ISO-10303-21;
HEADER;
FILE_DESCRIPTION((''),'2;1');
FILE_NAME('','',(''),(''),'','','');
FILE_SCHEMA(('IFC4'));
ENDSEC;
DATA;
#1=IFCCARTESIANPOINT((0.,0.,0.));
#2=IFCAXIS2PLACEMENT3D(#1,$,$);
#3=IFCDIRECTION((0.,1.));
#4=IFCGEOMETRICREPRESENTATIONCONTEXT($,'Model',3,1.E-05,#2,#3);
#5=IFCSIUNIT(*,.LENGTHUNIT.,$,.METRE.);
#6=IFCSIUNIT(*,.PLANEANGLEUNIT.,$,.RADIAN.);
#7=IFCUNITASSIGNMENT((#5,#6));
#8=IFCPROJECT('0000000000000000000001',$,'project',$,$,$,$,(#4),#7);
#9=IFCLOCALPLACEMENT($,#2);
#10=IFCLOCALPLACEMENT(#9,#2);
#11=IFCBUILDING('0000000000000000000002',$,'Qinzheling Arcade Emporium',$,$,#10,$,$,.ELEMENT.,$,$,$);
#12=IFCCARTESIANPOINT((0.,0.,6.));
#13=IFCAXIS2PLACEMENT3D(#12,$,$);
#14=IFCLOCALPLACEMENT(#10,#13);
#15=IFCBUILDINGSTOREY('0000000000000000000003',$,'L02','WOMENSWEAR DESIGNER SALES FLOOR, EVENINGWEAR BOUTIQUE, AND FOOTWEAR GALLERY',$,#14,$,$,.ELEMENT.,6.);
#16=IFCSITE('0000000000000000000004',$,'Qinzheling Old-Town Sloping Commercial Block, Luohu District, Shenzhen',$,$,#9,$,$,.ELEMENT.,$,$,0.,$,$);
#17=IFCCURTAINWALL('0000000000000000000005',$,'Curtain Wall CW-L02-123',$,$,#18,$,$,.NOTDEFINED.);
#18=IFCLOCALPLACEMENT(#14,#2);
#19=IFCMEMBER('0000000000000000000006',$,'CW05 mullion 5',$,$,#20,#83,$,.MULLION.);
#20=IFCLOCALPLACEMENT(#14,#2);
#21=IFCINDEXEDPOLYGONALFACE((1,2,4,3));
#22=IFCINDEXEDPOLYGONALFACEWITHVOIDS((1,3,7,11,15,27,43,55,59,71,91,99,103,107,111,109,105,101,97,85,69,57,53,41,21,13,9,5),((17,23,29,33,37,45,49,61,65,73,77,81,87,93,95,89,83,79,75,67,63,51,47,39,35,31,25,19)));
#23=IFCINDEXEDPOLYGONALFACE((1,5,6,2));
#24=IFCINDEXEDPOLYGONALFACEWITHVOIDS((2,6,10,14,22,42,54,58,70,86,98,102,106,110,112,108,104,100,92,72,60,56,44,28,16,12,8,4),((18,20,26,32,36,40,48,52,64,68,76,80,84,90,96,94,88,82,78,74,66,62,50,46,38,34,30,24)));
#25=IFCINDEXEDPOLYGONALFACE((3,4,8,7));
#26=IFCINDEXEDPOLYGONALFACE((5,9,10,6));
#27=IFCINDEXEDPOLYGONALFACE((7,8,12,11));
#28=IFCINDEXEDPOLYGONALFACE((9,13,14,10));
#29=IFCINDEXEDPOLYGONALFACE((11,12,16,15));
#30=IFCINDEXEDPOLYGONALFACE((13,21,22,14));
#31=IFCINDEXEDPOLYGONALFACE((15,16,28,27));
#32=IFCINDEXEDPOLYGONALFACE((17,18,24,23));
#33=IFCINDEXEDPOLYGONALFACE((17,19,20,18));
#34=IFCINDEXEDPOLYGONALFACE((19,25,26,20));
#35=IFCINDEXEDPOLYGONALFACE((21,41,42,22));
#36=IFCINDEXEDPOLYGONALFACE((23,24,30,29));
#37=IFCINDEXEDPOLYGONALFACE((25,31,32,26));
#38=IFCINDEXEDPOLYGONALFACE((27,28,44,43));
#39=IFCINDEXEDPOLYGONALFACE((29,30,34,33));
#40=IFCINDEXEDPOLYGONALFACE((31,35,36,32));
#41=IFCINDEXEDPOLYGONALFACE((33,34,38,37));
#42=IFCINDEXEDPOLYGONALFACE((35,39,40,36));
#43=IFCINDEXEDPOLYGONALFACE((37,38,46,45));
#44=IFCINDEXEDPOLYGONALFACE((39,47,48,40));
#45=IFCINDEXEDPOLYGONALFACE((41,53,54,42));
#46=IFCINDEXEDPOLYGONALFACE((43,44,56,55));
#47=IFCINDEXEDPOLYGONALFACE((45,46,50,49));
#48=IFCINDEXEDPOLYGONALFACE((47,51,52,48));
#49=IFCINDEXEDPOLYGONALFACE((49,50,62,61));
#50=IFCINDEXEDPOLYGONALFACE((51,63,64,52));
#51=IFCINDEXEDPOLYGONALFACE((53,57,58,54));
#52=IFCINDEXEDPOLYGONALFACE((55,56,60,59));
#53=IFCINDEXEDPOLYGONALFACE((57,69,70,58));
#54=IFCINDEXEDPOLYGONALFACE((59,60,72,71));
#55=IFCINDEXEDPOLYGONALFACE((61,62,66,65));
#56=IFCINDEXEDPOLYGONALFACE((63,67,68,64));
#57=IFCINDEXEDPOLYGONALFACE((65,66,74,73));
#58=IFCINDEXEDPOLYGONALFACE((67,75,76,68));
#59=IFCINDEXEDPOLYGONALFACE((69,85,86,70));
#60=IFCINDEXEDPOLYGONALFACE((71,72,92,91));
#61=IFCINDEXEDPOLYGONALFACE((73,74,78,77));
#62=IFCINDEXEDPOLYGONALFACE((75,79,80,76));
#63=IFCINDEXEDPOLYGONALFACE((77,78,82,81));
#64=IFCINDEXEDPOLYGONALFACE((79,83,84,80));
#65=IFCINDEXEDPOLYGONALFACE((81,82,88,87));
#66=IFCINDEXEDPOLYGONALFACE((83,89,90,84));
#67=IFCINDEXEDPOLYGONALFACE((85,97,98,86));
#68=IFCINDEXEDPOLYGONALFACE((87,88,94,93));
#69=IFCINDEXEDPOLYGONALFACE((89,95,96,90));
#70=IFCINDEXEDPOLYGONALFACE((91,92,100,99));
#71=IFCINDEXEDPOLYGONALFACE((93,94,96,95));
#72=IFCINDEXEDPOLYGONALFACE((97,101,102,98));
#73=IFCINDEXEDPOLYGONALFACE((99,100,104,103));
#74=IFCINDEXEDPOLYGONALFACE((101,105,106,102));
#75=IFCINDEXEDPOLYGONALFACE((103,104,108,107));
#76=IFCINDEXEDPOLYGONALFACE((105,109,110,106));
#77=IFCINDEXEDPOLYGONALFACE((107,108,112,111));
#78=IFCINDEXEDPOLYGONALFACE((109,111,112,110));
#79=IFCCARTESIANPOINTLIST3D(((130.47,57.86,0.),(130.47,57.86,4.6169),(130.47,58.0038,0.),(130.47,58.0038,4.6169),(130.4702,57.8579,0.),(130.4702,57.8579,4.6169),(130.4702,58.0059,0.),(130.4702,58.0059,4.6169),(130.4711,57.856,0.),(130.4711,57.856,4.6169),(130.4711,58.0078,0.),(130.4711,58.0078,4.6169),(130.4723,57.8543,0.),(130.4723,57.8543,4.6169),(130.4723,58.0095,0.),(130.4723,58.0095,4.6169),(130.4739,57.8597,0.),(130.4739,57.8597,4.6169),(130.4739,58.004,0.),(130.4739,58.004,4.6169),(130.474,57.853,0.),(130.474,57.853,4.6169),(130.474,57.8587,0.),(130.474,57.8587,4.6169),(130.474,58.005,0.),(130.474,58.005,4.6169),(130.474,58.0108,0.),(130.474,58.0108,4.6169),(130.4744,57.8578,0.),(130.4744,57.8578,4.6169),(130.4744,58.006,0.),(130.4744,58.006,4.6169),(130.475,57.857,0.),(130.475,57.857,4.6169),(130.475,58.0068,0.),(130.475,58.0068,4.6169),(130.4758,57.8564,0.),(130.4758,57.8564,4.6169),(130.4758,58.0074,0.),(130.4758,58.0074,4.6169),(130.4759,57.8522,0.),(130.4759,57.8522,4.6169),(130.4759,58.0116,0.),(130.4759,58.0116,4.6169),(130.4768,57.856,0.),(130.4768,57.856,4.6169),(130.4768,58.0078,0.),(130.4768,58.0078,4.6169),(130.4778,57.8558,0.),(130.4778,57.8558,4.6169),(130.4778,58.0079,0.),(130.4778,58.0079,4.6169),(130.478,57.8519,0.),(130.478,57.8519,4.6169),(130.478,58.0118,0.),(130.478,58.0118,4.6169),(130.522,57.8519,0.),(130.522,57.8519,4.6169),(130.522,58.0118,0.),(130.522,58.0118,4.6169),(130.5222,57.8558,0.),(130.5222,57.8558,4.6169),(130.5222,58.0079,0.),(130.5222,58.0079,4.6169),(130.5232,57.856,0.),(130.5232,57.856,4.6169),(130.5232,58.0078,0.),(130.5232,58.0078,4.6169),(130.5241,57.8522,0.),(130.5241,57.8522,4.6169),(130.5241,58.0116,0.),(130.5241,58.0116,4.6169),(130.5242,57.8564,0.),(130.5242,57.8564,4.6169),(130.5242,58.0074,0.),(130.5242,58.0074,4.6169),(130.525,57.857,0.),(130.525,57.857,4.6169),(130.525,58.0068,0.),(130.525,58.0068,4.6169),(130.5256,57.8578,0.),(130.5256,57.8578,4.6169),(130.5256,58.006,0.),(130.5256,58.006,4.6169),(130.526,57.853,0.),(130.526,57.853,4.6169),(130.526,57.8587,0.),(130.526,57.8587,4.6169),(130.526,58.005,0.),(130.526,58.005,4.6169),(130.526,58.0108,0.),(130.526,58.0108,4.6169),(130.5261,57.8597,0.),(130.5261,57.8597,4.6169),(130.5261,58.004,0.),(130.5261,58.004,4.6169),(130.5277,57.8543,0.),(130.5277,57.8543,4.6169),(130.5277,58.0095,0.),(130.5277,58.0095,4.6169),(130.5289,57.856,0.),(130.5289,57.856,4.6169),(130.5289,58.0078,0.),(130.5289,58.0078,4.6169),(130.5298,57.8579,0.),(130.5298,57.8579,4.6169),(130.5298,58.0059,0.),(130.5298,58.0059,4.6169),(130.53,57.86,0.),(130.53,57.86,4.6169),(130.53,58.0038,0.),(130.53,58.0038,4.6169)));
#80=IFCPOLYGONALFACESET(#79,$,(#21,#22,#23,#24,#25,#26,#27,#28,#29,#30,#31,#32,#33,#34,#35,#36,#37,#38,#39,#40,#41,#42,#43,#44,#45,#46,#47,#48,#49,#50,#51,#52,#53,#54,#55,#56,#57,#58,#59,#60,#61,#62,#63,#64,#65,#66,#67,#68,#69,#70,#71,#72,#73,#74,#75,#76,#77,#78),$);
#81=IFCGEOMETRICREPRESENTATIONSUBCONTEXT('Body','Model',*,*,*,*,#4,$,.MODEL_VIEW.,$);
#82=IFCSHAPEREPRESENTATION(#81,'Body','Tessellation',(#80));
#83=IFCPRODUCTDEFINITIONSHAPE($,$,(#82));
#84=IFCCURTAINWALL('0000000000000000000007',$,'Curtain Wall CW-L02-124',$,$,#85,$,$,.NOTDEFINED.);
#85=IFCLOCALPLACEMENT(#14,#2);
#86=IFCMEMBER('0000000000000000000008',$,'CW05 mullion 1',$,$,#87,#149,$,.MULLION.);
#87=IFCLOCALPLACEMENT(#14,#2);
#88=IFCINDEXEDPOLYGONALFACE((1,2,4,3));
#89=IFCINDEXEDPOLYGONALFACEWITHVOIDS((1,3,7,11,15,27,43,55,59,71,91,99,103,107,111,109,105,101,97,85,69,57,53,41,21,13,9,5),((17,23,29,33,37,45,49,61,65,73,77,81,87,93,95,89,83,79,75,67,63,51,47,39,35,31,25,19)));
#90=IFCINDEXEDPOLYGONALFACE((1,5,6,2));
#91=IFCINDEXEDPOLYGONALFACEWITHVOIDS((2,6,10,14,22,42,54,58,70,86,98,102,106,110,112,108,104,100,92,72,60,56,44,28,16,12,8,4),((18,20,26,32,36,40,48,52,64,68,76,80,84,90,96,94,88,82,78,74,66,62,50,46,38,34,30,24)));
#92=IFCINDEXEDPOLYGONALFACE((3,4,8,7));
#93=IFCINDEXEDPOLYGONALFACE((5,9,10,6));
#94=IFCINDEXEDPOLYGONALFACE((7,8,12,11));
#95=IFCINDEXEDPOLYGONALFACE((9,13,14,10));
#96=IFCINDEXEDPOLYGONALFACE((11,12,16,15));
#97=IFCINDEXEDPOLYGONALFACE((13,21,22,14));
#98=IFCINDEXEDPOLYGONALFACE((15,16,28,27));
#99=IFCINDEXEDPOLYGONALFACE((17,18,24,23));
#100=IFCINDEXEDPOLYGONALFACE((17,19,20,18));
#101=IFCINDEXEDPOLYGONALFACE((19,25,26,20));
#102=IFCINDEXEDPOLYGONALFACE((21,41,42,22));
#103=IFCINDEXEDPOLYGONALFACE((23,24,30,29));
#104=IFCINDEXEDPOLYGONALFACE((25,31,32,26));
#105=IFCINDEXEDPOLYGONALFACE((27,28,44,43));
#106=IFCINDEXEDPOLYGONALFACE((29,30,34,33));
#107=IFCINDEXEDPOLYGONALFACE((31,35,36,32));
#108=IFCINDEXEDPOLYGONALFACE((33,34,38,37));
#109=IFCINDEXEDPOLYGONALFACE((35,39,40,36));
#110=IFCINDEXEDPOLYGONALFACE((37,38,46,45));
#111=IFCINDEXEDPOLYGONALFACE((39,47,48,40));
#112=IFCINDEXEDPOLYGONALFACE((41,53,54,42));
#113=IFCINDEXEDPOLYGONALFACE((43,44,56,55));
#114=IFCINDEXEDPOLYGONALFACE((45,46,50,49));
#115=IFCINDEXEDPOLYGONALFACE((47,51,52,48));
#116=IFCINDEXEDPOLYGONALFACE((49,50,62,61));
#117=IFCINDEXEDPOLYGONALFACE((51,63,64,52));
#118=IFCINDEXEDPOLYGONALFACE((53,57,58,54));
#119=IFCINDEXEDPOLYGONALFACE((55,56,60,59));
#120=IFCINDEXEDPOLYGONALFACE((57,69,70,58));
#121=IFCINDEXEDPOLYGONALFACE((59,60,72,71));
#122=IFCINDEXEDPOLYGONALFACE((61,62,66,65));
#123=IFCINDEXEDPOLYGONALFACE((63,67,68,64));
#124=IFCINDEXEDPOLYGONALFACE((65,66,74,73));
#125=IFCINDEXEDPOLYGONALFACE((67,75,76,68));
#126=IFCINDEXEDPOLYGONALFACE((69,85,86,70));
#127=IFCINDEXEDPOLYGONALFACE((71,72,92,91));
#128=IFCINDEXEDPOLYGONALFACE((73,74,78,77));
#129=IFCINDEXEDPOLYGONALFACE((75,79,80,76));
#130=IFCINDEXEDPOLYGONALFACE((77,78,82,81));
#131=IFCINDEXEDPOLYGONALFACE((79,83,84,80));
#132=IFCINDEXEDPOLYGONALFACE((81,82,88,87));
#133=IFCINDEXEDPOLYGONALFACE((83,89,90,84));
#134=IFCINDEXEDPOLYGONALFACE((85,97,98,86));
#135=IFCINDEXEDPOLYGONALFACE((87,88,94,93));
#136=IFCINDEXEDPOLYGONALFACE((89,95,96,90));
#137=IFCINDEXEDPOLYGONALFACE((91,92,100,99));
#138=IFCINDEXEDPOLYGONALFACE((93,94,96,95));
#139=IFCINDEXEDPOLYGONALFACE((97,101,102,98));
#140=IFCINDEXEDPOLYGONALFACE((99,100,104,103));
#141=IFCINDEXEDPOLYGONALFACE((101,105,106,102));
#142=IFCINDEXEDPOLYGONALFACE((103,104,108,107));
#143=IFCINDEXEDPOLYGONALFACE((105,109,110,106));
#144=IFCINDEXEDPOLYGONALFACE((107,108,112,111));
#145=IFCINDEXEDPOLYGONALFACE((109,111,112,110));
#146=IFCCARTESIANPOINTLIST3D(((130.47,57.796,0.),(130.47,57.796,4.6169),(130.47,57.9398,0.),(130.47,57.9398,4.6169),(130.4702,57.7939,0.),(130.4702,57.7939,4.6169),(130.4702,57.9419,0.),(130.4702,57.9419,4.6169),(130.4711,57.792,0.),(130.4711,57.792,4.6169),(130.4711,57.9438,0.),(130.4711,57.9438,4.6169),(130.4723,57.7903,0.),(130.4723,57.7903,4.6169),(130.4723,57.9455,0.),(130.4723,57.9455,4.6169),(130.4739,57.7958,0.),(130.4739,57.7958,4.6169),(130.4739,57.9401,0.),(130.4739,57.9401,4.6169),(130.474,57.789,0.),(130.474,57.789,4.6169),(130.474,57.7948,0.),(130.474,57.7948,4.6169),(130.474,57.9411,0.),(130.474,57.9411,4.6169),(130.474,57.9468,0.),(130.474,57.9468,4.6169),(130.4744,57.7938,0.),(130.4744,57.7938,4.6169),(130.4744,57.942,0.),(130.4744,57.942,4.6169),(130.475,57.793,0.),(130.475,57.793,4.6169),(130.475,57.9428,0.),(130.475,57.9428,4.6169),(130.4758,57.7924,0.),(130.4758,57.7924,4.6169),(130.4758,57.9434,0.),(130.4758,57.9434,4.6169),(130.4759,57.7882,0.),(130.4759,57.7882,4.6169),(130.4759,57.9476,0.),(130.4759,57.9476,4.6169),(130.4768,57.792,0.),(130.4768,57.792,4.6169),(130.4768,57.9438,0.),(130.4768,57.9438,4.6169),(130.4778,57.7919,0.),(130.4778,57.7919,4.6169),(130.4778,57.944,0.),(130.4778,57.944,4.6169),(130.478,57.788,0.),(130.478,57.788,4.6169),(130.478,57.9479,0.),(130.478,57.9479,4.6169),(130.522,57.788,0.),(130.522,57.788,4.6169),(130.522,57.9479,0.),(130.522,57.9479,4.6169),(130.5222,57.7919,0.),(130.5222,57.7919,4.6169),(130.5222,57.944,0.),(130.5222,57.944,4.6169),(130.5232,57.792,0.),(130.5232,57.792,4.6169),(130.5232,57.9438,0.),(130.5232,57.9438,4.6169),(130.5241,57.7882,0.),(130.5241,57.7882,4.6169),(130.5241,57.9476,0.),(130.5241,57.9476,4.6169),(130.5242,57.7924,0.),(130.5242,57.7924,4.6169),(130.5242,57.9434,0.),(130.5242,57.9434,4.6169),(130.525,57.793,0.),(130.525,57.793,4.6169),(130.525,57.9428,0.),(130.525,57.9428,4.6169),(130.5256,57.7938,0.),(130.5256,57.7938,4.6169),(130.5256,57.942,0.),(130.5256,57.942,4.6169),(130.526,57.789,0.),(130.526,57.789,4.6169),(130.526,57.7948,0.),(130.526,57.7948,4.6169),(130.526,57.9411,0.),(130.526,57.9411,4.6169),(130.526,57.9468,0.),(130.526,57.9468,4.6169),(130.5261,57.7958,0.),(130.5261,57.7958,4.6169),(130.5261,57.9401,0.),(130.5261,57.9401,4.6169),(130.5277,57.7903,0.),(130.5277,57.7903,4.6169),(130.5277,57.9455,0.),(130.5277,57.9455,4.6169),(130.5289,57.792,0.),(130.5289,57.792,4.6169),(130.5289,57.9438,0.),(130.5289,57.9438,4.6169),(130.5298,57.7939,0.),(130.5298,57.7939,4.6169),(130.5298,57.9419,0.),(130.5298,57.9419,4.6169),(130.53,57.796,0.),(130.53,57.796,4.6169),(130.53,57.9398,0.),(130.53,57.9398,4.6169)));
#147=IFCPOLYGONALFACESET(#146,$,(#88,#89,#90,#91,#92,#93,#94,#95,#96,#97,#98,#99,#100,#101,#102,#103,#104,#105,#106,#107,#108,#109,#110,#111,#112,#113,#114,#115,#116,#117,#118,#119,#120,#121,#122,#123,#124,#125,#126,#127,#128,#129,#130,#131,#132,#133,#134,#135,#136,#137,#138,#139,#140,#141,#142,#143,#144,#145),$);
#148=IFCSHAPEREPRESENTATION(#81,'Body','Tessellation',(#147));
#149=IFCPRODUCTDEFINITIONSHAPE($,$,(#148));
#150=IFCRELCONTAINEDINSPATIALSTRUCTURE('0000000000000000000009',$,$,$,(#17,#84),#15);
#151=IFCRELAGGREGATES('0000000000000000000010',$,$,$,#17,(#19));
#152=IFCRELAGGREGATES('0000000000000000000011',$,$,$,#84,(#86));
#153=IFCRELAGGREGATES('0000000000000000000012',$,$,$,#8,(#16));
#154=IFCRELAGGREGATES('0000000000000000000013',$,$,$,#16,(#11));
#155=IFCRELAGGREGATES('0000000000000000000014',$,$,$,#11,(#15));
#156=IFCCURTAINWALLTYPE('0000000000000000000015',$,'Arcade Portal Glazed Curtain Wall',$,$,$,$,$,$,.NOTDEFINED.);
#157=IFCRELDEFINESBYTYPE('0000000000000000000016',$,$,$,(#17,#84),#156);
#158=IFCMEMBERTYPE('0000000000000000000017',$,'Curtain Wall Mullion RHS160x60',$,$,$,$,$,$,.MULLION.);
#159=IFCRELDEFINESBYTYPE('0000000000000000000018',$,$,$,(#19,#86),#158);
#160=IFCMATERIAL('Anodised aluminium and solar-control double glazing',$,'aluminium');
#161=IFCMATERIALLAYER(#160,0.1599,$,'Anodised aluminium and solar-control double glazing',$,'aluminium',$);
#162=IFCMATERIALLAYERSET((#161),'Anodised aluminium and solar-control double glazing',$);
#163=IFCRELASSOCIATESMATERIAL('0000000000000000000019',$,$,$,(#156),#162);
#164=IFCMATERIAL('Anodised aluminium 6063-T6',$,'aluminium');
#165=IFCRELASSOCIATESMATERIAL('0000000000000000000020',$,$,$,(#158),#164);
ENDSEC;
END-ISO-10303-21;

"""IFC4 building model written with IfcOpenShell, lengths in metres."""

from ifc_helpers import new_model, si_unit, direction, frame, origin, origin_2d, place, context, subcontext, project, spatial, hollow_rectangle, extrude, material, layer, layer_set, material_profile, profile_set, type_object, element, aggregate, save


model = new_model("IFC4")

# Units and contexts
model_context = context("Model", 3, precision=1e-05, world=origin(), true_north=direction((0.0, 1.0)))
body_context = subcontext(model_context, "Body", "Model", "MODEL_VIEW")
ifc_project = project(units=[si_unit("LENGTHUNIT", "METRE"), si_unit("PLANEANGLEUNIT", "RADIAN")], contexts=[model_context])

# Site, building, storey
site_placement = place(None, origin())
site = spatial("IfcSite", under=ifc_project, at=site_placement, Name="Qinzheling Old-Town Sloping Commercial Block, Luohu District, Shenzhen", CompositionType="ELEMENT", RefElevation=0.0)
building_placement = place(site_placement, origin())
building = spatial("IfcBuilding", under=site, at=building_placement, Name="Qinzheling Arcade Emporium", CompositionType="ELEMENT")
storey_placement = place(building_placement, frame((0.0, 0.0, 6.0)))
storey = spatial("IfcBuildingStorey", under=building, at=storey_placement, Name="L02", Description="WOMENSWEAR DESIGNER SALES FLOOR, EVENINGWEAR BOUTIQUE, AND FOOTWEAR GALLERY", CompositionType="ELEMENT", Elevation=6.0)

# Curtain wall, member
ifc_material_1 = material(Name="Anodised aluminium and solar-control double glazing", Category="aluminium")
ifc_layer_1 = layer(ifc_material_1, 0.1599, Name="Anodised aluminium and solar-control double glazing", Category="aluminium")
ifc_layer_set_1 = layer_set([ifc_layer_1], Name="Anodised aluminium and solar-control double glazing")
curtain_wall_type = type_object("IfcCurtainWallType", Name="Arcade Portal Glazed Curtain Wall", PredefinedType="NOTDEFINED", material=ifc_layer_set_1)
curtain_wall_1_placement = place(storey_placement, origin())
curtain_wall_1 = element("IfcCurtainWall", 1, at=curtain_wall_1_placement, inside=storey, type_object=curtain_wall_type, Name="Curtain Wall CW-L02-123", PredefinedType="NOTDEFINED")
ifc_material_2 = material(Name="Anodised aluminium 6063-T6", Category="aluminium")
ifc_material_profile_1 = material_profile(ifc_material_2, hollow_rectangle(XDim=0.0601, YDim=0.1599, WallThickness=0.0039, InnerFilletRadius=0.0039, OuterFilletRadius=0.0081, at=origin_2d()), Name="RHS 160x60x4", Category="aluminium")
ifc_profile_set_1 = profile_set([ifc_material_profile_1], Name="Anodised aluminium 6063-T6")
member_type_1 = type_object("IfcMemberType", Name="Curtain Wall Mullion RHS160x60", PredefinedType="MULLION", material=ifc_profile_set_1)
member_1_placement = place(storey_placement, frame((130.5, 57.9319, 0.0), z_axis=(0.0, 0.0, 1.0), x_axis=(1.0, 0.0, 0.0)))
member_1 = element("IfcMember", 2, at=member_1_placement, type_object=member_type_1, Name="CW05 mullion 5", PredefinedType="MULLION", context=body_context, shape_type="SweptSolid", body=[
    extrude(hollow_rectangle(XDim=0.0601, YDim=0.1599, WallThickness=0.0039, InnerFilletRadius=0.0039, OuterFilletRadius=0.0081, at=origin_2d()), origin(), (0.0, 0.0, 1.0), 4.6169),
])
aggregate(curtain_wall_1, [member_1])

# Curtain wall, member
curtain_wall_2_placement = place(storey_placement, origin())
curtain_wall_2 = element("IfcCurtainWall", 3, at=curtain_wall_2_placement, inside=storey, type_object=curtain_wall_type, Name="Curtain Wall CW-L02-124", PredefinedType="NOTDEFINED")
member_2_placement = place(storey_placement, frame((130.5, 57.8679, 0.0), z_axis=(0.0, 0.0, 1.0), x_axis=(1.0, 0.0, 0.0)))
member_2 = element("IfcMember", 4, at=member_2_placement, type_object=member_type_1, Name="CW05 mullion 1", PredefinedType="MULLION", context=body_context, shape_type="SweptSolid", body=[
    extrude(hollow_rectangle(XDim=0.0601, YDim=0.1599, WallThickness=0.0039, InnerFilletRadius=0.0039, OuterFilletRadius=0.0081, at=origin_2d()), origin(), (0.0, 0.0, 1.0), 4.6169),
])
aggregate(curtain_wall_2, [member_2])

save(model, "model.ifc")
